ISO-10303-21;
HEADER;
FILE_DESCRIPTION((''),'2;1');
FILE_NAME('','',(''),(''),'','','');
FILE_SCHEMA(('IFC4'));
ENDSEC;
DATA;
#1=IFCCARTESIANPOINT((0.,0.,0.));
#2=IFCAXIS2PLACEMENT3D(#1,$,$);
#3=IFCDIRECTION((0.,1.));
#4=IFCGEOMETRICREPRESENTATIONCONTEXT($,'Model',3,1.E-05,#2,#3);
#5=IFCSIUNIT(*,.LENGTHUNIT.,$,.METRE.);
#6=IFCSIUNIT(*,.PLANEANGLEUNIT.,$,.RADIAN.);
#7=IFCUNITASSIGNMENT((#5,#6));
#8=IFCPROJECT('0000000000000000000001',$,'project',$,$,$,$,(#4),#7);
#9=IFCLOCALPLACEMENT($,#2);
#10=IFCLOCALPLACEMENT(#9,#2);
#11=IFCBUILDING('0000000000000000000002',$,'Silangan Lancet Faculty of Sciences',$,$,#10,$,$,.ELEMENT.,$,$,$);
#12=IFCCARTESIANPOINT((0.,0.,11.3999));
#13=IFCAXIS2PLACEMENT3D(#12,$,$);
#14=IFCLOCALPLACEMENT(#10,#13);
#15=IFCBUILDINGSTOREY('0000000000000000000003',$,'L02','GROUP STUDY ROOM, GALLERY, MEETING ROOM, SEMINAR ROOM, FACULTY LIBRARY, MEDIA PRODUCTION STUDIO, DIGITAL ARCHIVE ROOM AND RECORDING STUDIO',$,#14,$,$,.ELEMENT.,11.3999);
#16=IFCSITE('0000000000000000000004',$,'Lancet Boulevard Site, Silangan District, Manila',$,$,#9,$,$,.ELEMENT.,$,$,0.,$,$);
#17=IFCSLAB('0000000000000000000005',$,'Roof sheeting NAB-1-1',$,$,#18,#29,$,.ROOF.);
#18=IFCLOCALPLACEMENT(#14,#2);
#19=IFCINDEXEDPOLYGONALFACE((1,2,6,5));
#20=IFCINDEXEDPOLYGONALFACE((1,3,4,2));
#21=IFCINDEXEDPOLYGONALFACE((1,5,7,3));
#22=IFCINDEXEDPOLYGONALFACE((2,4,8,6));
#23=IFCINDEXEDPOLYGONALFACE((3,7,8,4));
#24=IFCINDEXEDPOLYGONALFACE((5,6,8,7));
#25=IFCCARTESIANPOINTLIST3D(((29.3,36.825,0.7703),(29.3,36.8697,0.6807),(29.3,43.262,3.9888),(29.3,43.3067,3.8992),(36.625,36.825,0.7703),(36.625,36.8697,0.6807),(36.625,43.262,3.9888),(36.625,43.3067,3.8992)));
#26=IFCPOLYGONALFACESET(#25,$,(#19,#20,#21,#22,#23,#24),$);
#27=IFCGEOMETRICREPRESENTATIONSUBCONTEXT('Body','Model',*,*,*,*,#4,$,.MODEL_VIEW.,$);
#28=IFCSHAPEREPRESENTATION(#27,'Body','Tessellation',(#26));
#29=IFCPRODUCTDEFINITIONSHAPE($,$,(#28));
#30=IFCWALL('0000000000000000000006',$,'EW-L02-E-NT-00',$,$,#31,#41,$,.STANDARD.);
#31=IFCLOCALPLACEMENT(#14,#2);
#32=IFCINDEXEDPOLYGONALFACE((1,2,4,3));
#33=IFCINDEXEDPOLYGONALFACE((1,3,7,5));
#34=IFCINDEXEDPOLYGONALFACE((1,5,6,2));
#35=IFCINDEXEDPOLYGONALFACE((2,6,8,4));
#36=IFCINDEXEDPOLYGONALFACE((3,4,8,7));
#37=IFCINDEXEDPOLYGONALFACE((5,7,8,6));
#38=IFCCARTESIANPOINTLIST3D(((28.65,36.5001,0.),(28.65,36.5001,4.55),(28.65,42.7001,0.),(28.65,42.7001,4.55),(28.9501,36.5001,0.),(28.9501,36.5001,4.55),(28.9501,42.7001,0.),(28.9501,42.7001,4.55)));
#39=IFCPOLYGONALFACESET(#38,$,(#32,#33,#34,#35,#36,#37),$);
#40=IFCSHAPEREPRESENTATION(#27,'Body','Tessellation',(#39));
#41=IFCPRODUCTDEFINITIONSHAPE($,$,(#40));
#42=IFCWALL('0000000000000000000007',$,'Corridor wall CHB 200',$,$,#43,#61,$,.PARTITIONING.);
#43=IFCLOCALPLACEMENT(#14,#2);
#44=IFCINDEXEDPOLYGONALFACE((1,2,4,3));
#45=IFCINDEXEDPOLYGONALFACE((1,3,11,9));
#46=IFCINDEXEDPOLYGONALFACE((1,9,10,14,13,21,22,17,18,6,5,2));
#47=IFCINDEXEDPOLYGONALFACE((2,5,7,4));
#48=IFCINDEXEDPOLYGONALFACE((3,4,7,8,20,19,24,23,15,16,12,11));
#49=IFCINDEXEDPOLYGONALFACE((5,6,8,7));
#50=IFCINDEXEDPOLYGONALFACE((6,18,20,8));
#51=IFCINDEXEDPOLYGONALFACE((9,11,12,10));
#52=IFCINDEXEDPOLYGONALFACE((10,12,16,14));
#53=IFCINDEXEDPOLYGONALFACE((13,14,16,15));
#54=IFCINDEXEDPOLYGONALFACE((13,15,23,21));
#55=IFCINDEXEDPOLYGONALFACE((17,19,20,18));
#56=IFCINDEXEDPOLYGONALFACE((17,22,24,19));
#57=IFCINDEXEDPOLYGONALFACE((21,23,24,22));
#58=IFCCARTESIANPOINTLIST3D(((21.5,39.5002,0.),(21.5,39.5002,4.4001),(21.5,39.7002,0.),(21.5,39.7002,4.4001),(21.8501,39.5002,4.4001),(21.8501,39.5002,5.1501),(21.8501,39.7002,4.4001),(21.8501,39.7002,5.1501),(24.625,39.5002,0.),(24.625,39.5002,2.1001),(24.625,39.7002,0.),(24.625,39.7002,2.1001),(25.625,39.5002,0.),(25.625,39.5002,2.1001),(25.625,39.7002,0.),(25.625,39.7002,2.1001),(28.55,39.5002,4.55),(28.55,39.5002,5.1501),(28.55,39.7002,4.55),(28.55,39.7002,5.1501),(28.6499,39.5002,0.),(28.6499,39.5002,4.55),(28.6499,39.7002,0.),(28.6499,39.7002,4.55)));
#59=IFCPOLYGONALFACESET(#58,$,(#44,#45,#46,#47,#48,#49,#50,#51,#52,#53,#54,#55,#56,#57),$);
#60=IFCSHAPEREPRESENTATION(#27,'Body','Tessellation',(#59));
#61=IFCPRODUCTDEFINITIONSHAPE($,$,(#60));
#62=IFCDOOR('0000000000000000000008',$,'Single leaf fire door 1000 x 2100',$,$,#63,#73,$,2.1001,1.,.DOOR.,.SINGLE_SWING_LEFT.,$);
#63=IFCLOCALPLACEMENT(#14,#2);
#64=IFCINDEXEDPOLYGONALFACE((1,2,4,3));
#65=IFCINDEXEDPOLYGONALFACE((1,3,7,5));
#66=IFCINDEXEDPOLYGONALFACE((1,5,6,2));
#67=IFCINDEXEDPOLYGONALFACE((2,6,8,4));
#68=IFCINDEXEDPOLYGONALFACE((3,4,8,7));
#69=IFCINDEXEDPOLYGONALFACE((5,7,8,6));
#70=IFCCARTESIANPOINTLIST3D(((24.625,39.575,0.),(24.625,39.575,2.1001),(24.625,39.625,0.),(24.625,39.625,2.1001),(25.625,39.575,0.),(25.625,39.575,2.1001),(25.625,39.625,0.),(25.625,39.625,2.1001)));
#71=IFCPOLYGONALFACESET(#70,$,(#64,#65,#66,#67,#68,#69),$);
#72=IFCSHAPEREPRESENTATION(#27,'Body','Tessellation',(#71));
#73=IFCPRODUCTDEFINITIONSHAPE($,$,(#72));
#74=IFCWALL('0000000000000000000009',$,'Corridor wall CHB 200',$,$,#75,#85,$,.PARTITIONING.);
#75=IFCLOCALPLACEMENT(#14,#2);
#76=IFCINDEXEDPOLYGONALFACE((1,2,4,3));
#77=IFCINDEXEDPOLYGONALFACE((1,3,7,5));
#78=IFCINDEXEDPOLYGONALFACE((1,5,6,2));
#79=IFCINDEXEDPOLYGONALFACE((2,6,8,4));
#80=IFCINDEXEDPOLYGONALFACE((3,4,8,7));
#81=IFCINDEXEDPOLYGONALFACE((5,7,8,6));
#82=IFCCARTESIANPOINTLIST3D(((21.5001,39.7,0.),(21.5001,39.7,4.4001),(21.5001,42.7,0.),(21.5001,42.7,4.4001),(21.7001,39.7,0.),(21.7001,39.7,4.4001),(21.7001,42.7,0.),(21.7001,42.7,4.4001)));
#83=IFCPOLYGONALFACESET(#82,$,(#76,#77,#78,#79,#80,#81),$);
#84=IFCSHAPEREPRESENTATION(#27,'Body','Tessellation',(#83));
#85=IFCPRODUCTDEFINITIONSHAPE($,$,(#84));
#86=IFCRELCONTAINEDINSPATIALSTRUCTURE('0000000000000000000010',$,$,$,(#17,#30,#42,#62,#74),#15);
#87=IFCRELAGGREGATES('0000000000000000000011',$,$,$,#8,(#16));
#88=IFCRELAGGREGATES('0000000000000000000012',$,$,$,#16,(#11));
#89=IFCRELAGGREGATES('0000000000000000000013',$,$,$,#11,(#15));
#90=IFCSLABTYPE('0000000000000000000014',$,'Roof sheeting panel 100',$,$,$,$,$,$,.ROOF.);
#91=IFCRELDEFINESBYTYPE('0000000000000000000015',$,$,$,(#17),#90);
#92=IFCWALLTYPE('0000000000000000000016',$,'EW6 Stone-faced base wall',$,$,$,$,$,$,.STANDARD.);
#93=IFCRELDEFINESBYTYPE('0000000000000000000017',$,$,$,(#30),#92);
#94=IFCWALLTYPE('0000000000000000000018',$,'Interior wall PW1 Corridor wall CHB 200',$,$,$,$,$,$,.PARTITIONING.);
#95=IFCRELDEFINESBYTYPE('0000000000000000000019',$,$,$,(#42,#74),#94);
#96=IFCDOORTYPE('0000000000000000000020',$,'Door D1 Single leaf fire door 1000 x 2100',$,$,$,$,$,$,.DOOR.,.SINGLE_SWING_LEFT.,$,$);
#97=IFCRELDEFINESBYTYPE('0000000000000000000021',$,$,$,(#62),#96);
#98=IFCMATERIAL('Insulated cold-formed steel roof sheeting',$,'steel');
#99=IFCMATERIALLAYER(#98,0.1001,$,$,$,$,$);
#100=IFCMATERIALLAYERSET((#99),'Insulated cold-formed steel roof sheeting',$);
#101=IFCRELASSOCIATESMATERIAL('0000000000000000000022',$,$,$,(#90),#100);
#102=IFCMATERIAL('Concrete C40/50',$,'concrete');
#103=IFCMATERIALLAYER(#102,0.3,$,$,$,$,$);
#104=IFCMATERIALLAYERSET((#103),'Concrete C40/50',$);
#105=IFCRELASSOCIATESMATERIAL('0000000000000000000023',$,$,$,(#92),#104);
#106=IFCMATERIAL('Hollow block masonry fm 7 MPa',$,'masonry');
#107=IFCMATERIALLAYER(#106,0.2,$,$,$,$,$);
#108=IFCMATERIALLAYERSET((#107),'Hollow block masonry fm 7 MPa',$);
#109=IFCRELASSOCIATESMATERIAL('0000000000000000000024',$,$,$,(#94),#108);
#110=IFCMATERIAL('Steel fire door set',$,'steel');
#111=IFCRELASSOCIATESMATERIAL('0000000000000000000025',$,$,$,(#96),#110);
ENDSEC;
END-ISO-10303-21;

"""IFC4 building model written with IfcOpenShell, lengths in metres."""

from ifc_helpers import new_model, si_unit, direction, frame, frame_2d, origin, place, context, subcontext, project, spatial, polyline, rectangle, outline, extrude, material, layer, layer_set, type_object, element, fill, save


model = new_model("IFC4")

# Units and contexts
model_context = context("Model", 3, precision=1e-05, world=origin(), true_north=direction((0.0, 1.0)))
body_context = subcontext(model_context, "Body", "Model", "MODEL_VIEW")
ifc_project = project(units=[si_unit("LENGTHUNIT", "METRE"), si_unit("PLANEANGLEUNIT", "RADIAN")], contexts=[model_context])

# Site, building, storey
site_placement = place(None, origin())
site = spatial("IfcSite", under=ifc_project, at=site_placement, Name="Lancet Boulevard Site, Silangan District, Manila", CompositionType="ELEMENT", RefElevation=0.0)
building_placement = place(site_placement, origin())
building = spatial("IfcBuilding", under=site, at=building_placement, Name="Silangan Lancet Faculty of Sciences", CompositionType="ELEMENT")
storey_placement = place(building_placement, frame((0.0, 0.0, 11.3999)))
storey = spatial("IfcBuildingStorey", under=building, at=storey_placement, Name="L02", Description="GROUP STUDY ROOM, GALLERY, MEETING ROOM, SEMINAR ROOM, FACULTY LIBRARY, MEDIA PRODUCTION STUDIO, DIGITAL ARCHIVE ROOM AND RECORDING STUDIO", CompositionType="ELEMENT", Elevation=11.3999)

# Slab
ifc_material_1 = material(Name="Insulated cold-formed steel roof sheeting", Category="steel")
ifc_layer_1 = layer(ifc_material_1, 0.1001)
ifc_layer_set_1 = layer_set([ifc_layer_1], Name="Insulated cold-formed steel roof sheeting")
slab_type = type_object("IfcSlabType", Name="Roof sheeting panel 100", PredefinedType="ROOF", material=ifc_layer_set_1)
slab_placement = place(storey_placement, frame((29.3, 36.825, 0.7703), z_axis=(0.0, -0.447214, 0.894427), x_axis=(1.0, 0.0, 0.0)))
element("IfcSlab", 1, at=slab_placement, inside=storey, type_object=slab_type, Name="Roof sheeting NAB-1-1", PredefinedType="ROOF", context=body_context, shape_type="SweptSolid", body=[
    extrude(outline(polyline([(0.0, 0.0), (7.325, 0.0), (7.325, 7.1968), (0.0, 7.1968), (0.0, 0.0)])), origin(), (0.0, 0.0, -1.0), 0.1001),
])

# Wall
ifc_material_2 = material(Name="Concrete C40/50", Category="concrete")
ifc_layer_2 = layer(ifc_material_2, 0.3)
ifc_layer_set_2 = layer_set([ifc_layer_2], Name="Concrete C40/50")
wall_type_1 = type_object("IfcWallType", Name="EW6 Stone-faced base wall", PredefinedType="STANDARD", material=ifc_layer_set_2)
wall_1_placement = place(storey_placement, frame((28.8, 36.5, 0.0), z_axis=(0.0, 0.0, 1.0), x_axis=(0.0, 1.0, 0.0)))
element("IfcWall", 2, at=wall_1_placement, inside=storey, type_object=wall_type_1, Name="EW-L02-E-NT-00", PredefinedType="STANDARD", context=body_context, shape_type="SweptSolid", body=[
    extrude(rectangle(XDim=6.2, YDim=0.3, at=frame_2d((3.1001, 0.0))), origin(), (0.0, 0.0, 1.0), 4.55),
])

# Wall, opening, door
ifc_material_3 = material(Name="Hollow block masonry fm 7 MPa", Category="masonry")
ifc_layer_3 = layer(ifc_material_3, 0.2)
ifc_layer_set_3 = layer_set([ifc_layer_3], Name="Hollow block masonry fm 7 MPa")
wall_type_2 = type_object("IfcWallType", Name="Interior wall PW1 Corridor wall CHB 200", PredefinedType="PARTITIONING", material=ifc_layer_set_3)
wall_2_placement = place(storey_placement, frame((21.5, 39.6001, 0.0), z_axis=(0.0, 0.0, 1.0), x_axis=(1.0, 0.0, 0.0)))
wall_2 = element("IfcWall", 3, at=wall_2_placement, inside=storey, type_object=wall_type_2, Name="Corridor wall CHB 200", PredefinedType="PARTITIONING", context=body_context, shape_type="SweptSolid", body=[
    extrude(outline(polyline([(0.0, 0.0), (7.1499, 0.0), (7.1499, 4.55), (7.05, 4.55), (7.05, 5.1501), (0.3501, 5.1501), (0.3501, 4.4001), (0.0, 4.4001), (0.0, 0.0)])), frame((0.0, 0.1001, 0.0), z_axis=(0.0, -1.0, 0.0), x_axis=(1.0, 0.0, 0.0)), (0.0, 0.0, 1.0), 0.2),
])
opening_placement = place(wall_2_placement, frame((3.125, 0.0, 0.0)))
opening = element("IfcOpeningElement", 4, at=opening_placement, cuts=wall_2, PredefinedType="OPENING", context=body_context, shape_type="SweptSolid", body=[
    extrude(rectangle(XDim=1.0, YDim=2.1001, at=frame_2d((0.5, 1.05))), frame((0.0, 0.1099, 0.0), z_axis=(0.0, -1.0, 0.0), x_axis=(1.0, 0.0, 0.0)), (0.0, 0.0, 1.0), 0.22),
])
ifc_material_4 = material(Name="Steel fire door set", Category="steel")
door_type = type_object("IfcDoorType", Name="Door D1 Single leaf fire door 1000 x 2100", OperationType="SINGLE_SWING_LEFT", PredefinedType="DOOR", material=ifc_material_4)
door_placement = place(opening_placement, origin())
door = element("IfcDoor", 5, at=door_placement, inside=storey, type_object=door_type, Name="Single leaf fire door 1000 x 2100", OperationType="SINGLE_SWING_LEFT", OverallHeight=2.1001, OverallWidth=1.0, PredefinedType="DOOR", context=body_context, shape_type="SweptSolid", body=[
    extrude(rectangle(XDim=1.0, YDim=2.1001, at=frame_2d((0.5, 1.05))), frame((0.0, 0.0249, 0.0), z_axis=(0.0, -1.0, 0.0), x_axis=(1.0, 0.0, 0.0)), (0.0, 0.0, 1.0), 0.05),
])
fill(opening, door)

# Wall
wall_3_placement = place(storey_placement, frame((21.6001, 39.7, 0.0), z_axis=(0.0, 0.0, 1.0), x_axis=(0.0, 1.0, 0.0)))
element("IfcWall", 6, at=wall_3_placement, inside=storey, type_object=wall_type_2, Name="Corridor wall CHB 200", PredefinedType="PARTITIONING", context=body_context, shape_type="SweptSolid", body=[
    extrude(rectangle(XDim=3.0, YDim=0.2, at=frame_2d((1.5, 0.0))), origin(), (0.0, 0.0, 1.0), 4.4001),
])

save(model, "model.ifc")
